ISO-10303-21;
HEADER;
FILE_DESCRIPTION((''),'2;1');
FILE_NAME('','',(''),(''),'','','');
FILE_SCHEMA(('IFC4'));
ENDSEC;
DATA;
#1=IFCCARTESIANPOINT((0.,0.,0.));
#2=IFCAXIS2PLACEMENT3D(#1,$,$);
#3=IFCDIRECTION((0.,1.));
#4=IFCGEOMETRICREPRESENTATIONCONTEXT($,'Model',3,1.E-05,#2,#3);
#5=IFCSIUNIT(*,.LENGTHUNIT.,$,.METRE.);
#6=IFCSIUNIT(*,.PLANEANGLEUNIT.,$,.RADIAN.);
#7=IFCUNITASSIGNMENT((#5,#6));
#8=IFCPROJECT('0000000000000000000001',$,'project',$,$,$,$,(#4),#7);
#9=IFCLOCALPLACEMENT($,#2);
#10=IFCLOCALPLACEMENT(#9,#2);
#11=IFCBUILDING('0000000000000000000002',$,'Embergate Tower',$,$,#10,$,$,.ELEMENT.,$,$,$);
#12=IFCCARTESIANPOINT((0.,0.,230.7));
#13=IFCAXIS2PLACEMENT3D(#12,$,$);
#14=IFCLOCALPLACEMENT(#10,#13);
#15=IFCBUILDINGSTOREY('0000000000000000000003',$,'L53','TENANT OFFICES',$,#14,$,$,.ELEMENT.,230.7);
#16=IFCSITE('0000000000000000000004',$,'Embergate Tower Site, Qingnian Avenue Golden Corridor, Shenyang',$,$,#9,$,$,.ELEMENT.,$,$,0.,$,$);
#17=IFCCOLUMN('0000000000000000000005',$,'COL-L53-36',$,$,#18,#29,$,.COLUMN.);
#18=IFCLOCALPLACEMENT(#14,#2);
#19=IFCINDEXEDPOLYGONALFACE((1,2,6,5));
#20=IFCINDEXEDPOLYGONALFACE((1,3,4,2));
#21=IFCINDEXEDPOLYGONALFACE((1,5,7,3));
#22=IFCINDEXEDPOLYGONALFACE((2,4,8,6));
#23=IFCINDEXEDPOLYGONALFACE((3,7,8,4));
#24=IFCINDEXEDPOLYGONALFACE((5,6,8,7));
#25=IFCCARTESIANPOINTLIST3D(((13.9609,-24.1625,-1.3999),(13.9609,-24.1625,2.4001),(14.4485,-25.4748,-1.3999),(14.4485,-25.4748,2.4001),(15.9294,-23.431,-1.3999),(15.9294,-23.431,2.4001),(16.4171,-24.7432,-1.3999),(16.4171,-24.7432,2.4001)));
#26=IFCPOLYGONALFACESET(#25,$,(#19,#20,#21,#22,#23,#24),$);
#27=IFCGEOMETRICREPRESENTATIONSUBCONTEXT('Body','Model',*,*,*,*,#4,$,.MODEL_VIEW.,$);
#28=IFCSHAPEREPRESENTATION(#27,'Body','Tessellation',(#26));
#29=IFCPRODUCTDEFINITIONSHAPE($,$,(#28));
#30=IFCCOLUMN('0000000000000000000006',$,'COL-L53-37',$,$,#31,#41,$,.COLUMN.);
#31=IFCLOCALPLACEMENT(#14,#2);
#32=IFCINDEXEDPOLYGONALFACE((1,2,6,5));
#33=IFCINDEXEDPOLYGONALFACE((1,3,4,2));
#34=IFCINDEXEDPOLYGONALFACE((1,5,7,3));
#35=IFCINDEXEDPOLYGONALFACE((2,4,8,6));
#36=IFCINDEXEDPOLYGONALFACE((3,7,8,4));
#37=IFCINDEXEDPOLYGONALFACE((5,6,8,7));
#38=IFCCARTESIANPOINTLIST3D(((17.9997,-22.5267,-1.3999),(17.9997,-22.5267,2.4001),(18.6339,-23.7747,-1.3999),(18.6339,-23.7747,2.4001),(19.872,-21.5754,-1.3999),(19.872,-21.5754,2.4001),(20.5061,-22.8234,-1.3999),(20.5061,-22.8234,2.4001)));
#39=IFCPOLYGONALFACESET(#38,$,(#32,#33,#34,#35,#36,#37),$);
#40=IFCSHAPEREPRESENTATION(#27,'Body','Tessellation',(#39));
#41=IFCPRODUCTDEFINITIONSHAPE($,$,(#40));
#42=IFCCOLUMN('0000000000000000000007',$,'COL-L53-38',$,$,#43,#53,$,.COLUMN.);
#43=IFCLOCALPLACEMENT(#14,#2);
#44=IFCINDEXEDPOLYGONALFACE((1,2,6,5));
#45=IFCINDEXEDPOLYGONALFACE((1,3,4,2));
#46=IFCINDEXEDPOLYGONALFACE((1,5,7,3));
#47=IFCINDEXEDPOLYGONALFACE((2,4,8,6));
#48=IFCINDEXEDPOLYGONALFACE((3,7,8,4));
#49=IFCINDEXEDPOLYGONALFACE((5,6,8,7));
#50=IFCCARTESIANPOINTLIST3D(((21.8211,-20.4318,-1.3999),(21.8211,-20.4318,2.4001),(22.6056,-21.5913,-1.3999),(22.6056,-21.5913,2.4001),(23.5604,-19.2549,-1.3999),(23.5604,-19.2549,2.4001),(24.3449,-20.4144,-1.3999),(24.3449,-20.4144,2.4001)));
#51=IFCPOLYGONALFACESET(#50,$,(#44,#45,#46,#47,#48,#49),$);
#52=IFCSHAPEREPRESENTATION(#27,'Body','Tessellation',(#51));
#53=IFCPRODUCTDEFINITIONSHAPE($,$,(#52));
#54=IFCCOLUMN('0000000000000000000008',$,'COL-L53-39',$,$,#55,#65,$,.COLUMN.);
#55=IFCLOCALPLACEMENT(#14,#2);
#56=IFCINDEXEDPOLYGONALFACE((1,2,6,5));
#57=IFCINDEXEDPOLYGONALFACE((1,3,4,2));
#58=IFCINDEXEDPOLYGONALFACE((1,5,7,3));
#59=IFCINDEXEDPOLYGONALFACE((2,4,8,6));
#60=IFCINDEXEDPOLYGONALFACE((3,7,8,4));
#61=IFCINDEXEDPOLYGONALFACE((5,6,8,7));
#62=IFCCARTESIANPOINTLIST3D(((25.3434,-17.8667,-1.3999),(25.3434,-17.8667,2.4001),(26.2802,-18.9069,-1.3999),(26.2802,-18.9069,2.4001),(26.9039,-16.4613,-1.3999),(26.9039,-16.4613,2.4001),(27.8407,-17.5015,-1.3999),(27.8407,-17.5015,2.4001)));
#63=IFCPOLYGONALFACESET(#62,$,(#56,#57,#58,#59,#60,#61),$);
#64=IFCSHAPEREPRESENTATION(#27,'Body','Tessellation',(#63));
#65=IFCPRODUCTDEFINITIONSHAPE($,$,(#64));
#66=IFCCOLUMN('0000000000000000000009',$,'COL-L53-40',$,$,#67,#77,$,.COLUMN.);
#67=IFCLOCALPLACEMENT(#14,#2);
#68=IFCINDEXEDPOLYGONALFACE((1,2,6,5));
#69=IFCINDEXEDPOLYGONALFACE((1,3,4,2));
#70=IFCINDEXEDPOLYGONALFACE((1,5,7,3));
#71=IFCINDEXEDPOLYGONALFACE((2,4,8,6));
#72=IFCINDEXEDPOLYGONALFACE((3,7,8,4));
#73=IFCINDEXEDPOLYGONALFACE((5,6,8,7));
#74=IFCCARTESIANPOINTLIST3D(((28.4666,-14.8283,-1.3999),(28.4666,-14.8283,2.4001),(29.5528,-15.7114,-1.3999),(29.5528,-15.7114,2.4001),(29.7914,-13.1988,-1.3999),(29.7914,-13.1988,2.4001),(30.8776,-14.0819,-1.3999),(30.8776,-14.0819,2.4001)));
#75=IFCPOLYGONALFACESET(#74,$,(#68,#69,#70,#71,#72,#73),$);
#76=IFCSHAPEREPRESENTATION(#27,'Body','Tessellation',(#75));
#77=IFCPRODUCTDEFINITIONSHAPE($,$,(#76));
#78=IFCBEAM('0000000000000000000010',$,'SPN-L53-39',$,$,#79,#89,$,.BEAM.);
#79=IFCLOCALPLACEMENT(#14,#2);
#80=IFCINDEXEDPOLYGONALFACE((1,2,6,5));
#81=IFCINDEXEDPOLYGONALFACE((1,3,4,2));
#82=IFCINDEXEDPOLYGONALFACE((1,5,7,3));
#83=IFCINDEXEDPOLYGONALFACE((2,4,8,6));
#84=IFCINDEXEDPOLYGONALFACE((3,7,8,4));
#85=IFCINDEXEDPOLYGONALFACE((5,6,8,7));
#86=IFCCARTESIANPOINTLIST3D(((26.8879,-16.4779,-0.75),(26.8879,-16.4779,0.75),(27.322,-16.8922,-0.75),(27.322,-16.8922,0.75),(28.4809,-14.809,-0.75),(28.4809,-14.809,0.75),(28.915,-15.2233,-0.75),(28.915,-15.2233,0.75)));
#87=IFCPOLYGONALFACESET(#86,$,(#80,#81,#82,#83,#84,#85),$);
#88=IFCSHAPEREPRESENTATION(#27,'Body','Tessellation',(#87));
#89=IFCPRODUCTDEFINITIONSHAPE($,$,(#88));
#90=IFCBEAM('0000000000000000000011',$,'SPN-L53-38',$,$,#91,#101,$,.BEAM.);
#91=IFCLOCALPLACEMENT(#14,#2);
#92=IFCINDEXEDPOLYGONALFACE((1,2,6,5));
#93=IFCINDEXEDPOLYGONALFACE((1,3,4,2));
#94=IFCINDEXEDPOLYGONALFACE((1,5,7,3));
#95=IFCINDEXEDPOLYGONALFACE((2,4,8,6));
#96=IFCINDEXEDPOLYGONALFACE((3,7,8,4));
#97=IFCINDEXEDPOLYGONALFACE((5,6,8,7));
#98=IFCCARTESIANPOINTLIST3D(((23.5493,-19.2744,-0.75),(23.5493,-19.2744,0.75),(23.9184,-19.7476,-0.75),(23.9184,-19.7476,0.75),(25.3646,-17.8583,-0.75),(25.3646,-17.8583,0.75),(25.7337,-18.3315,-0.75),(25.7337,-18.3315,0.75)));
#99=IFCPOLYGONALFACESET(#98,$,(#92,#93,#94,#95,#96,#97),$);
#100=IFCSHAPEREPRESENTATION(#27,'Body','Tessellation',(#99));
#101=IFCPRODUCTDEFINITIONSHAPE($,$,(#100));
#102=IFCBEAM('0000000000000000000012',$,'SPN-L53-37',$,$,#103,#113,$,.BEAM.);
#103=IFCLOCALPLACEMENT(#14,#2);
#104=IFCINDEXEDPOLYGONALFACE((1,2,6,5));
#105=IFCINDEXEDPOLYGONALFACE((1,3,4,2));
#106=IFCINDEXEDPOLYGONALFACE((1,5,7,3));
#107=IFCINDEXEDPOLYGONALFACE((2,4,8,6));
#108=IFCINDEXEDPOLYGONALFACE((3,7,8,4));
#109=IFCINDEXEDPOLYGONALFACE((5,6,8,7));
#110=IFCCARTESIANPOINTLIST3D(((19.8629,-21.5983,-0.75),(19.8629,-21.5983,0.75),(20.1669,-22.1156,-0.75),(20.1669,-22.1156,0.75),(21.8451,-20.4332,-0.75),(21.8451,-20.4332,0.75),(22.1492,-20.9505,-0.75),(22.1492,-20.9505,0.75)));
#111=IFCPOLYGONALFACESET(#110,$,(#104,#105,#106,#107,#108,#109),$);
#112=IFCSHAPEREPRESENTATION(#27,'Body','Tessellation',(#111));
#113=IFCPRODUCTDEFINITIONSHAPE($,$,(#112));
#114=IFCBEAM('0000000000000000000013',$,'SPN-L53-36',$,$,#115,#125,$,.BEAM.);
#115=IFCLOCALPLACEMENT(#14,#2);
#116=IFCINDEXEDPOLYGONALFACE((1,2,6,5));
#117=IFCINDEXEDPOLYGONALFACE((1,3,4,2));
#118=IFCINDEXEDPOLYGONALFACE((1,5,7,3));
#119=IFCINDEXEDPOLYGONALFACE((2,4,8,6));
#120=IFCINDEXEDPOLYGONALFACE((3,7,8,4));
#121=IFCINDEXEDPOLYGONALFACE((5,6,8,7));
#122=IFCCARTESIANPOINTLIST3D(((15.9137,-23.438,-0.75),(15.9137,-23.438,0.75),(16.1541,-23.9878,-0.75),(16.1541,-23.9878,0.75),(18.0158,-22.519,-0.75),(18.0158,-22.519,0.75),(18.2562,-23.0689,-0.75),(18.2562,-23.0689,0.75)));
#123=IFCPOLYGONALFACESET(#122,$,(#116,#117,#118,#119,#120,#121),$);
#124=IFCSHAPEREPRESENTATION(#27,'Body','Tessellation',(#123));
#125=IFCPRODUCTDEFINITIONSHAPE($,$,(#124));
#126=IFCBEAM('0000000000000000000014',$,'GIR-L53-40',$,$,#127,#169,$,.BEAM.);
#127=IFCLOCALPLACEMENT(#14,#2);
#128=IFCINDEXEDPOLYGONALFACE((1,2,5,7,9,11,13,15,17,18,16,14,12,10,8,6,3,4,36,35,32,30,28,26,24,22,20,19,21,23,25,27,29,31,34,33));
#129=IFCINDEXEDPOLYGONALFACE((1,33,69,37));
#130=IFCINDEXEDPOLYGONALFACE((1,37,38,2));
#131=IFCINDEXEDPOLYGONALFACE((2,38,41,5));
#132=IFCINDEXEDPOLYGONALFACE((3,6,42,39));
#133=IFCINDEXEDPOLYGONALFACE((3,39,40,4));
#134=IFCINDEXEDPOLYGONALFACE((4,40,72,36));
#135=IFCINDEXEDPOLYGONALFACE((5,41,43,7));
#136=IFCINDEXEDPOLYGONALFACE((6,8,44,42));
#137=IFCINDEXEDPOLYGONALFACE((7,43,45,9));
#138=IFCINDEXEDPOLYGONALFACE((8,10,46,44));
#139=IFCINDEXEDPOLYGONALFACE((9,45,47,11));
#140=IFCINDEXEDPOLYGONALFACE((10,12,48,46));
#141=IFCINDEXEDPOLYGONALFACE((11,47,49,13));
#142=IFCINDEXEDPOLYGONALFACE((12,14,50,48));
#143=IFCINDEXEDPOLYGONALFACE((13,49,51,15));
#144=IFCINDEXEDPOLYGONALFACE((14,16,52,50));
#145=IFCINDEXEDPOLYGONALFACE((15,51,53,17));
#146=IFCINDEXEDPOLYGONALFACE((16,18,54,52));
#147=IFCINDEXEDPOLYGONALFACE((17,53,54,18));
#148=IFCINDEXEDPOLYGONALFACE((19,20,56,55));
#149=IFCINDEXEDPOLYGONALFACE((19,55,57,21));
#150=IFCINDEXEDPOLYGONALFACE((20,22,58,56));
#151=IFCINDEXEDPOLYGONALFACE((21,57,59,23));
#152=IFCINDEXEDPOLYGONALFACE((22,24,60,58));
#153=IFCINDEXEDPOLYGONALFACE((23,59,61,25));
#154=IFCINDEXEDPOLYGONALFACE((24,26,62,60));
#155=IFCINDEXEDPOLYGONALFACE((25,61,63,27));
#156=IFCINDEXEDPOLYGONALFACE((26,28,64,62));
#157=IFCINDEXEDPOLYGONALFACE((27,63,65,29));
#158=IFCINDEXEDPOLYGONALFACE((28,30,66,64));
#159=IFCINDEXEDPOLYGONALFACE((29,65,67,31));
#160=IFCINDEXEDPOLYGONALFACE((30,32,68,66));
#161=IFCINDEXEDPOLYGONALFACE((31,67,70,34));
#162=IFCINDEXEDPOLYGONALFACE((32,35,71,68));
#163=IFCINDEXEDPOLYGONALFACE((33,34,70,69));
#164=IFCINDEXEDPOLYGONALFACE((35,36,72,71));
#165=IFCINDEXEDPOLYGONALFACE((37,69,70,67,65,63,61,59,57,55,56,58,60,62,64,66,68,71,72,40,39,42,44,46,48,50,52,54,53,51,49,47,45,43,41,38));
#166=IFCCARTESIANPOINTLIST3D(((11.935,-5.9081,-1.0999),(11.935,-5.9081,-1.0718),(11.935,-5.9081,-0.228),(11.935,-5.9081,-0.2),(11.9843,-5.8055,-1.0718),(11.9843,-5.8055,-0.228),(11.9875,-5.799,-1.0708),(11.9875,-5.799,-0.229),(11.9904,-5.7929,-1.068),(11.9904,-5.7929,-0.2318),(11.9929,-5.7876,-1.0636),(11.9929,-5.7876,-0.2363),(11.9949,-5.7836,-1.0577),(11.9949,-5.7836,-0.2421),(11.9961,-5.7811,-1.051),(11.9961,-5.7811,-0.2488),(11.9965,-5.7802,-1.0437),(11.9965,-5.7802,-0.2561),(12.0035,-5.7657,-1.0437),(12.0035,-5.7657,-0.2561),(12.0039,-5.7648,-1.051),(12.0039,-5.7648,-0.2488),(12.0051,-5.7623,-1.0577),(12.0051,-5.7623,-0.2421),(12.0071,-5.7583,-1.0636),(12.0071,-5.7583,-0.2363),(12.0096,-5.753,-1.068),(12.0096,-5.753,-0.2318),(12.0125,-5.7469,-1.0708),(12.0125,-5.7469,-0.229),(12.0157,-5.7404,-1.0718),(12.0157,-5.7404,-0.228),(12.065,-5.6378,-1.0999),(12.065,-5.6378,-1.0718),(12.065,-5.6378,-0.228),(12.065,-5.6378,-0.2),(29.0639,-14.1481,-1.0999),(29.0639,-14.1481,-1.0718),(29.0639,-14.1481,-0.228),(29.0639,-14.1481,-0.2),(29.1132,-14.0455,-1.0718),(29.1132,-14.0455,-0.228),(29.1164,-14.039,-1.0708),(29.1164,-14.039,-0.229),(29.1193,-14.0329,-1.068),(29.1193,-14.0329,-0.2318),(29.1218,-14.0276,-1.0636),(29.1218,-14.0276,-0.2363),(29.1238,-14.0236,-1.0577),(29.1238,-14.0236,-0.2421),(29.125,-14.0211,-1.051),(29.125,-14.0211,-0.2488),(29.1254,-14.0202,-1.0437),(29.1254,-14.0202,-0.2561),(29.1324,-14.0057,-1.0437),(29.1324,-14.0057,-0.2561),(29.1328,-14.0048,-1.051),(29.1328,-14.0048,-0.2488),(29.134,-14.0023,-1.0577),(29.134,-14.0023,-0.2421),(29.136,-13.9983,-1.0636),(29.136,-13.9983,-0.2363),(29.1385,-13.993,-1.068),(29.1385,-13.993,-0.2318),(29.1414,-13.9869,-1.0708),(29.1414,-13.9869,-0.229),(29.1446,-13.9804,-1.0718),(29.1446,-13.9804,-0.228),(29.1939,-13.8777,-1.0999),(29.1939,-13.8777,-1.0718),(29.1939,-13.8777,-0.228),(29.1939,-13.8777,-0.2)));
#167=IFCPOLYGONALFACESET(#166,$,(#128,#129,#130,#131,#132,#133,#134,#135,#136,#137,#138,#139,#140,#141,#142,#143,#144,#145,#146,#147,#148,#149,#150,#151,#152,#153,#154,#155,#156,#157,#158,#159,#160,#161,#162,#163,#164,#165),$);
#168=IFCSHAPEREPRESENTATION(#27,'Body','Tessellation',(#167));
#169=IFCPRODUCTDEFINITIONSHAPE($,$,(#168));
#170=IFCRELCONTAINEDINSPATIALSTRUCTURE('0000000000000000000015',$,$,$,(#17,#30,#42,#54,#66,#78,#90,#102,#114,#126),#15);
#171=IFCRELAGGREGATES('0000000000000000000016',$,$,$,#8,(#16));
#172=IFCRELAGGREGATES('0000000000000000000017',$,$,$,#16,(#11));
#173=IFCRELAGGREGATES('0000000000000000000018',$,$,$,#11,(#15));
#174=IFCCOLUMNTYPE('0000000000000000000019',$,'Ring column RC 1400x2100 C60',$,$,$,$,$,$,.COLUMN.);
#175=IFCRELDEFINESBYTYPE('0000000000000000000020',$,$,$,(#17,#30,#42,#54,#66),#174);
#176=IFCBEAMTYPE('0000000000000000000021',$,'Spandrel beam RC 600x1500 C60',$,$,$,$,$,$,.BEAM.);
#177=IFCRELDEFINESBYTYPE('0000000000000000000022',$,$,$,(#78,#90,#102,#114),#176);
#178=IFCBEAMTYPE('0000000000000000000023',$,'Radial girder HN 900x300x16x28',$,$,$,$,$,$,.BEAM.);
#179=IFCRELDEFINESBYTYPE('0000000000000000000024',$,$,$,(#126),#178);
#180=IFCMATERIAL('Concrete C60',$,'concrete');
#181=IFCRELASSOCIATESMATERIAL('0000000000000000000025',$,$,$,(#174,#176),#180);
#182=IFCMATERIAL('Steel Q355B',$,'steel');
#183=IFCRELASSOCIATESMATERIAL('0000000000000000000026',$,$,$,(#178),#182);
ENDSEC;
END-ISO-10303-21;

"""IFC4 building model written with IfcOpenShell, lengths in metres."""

from ifc_helpers import new_model, si_unit, direction, frame, origin, origin_2d, place, context, subcontext, project, spatial, rectangle, i_section, extrude, source, transform, mapped, material, material_profile, profile_set, type_object, element, save


model = new_model("IFC4")

# Units and contexts
model_context = context("Model", 3, precision=1e-05, world=origin(), true_north=direction((0.0, 1.0)))
body_context = subcontext(model_context, "Body", "Model", "MODEL_VIEW")
ifc_project = project(units=[si_unit("LENGTHUNIT", "METRE"), si_unit("PLANEANGLEUNIT", "RADIAN")], contexts=[model_context])

# Site, building, storey
site_placement = place(None, origin())
site = spatial("IfcSite", under=ifc_project, at=site_placement, Name="Embergate Tower Site, Qingnian Avenue Golden Corridor, Shenyang", CompositionType="ELEMENT", RefElevation=0.0)
building_placement = place(site_placement, origin())
building = spatial("IfcBuilding", under=site, at=building_placement, Name="Embergate Tower", CompositionType="ELEMENT")
storey_placement = place(building_placement, frame((0.0, 0.0, 230.7)))
storey = spatial("IfcBuildingStorey", under=building, at=storey_placement, Name="L53", Description="TENANT OFFICES", CompositionType="ELEMENT", Elevation=230.7)

# Columns
ifc_material_1 = material(Name="Concrete C60", Category="concrete")
ifc_material_profile_1 = material_profile(ifc_material_1, rectangle(XDim=1.3999, YDim=2.1001, at=origin_2d()), Name="RC 1400x2100")
ifc_profile_set_1 = profile_set([ifc_material_profile_1], Name="Concrete C60")
column_type = type_object("IfcColumnType", Name="Ring column RC 1400x2100 C60", PredefinedType="COLUMN", material=ifc_profile_set_1)
shared_shape_1 = source(origin(), body_context, "Body", "SweptSolid", [
    extrude(rectangle(XDim=1.3999, YDim=2.1001, at=origin_2d()), origin(), (0.0, 0.0, 1.0), 3.8),
])
for number, where, z_axis, x_axis, name in (
    (1, (15.189, -24.4529, -1.3999), (0.0, 0.0, 1.0), (0.348343, -0.937367, 0.0), "COL-L53-36"),
    (2, (19.2529, -22.675, -1.3999), (0.0, 0.0, 1.0), (0.453011, -0.891505, 0.0), "COL-L53-37"),
    (3, (23.083, -20.4231, -1.3999), (0.0, 0.0, 1.0), (0.560393, -0.828227, 0.0), "COL-L53-38"),
    (4, (26.592, -17.6841, -1.3999), (0.0, 0.0, 1.0), (0.669221, -0.743063, 0.0), "COL-L53-39"),
    (5, (29.6721, -14.4551, -1.3999), (0.0, 0.0, 1.0), (0.775925, -0.630825, 0.0), "COL-L53-40"),
):
    element("IfcColumn", number, at=place(storey_placement, frame(where, z_axis=z_axis, x_axis=x_axis)), inside=storey, type_object=column_type, Name=name, PredefinedType="COLUMN", context=body_context, shape_type="MappedRepresentation", body=[
        mapped(shared_shape_1, transform((0.0, 0.0, 0.0))),
    ])

# Beams
ifc_material_profile_2 = material_profile(ifc_material_1, rectangle(XDim=0.6001, YDim=1.5, at=origin_2d()), Name="RC 600x1500")
ifc_profile_set_2 = profile_set([ifc_material_profile_2], Name="Concrete C60")
beam_type_1 = type_object("IfcBeamType", Name="Spandrel beam RC 600x1500 C60", PredefinedType="BEAM", material=ifc_profile_set_2)
shared_shape_2 = source(origin(), body_context, "Body", "SweptSolid", [
    extrude(rectangle(XDim=0.6001, YDim=1.5, at=origin_2d()), origin(), (0.0, 0.0, 1.0), 2.3071),
])
beam_1_placement = place(storey_placement, frame((27.105, -16.6851, 0.0), z_axis=(0.690461, 0.72337, 0.0), x_axis=(-0.72337, 0.690461, 0.0)))
element("IfcBeam", 6, at=beam_1_placement, inside=storey, type_object=beam_type_1, Name="SPN-L53-39", PredefinedType="BEAM", context=body_context, shape_type="MappedRepresentation", body=[
    mapped(shared_shape_2, transform((0.0, 0.0, 0.0))),
])
shared_shape_3 = source(origin(), body_context, "Body", "SweptSolid", [
    extrude(rectangle(XDim=0.6001, YDim=1.5, at=origin_2d()), origin(), (0.0, 0.0, 1.0), 2.3022),
])
beam_2_placement = place(storey_placement, frame((23.7339, -19.511, 0.0), z_axis=(0.788466, 0.615078, 0.0), x_axis=(-0.615078, 0.788466, 0.0)))
element("IfcBeam", 7, at=beam_2_placement, inside=storey, type_object=beam_type_1, Name="SPN-L53-38", PredefinedType="BEAM", context=body_context, shape_type="MappedRepresentation", body=[
    mapped(shared_shape_3, transform((0.0, 0.0, 0.0))),
])
shared_shape_4 = source(origin(), body_context, "Body", "SweptSolid", [
    extrude(rectangle(XDim=0.6001, YDim=1.5, at=origin_2d()), origin(), (0.0, 0.0, 1.0), 2.2993),
])
beam_3_placement = place(storey_placement, frame((20.0149, -21.8569, 0.0), z_axis=(0.862114, 0.506714, 0.0), x_axis=(-0.506714, 0.862114, 0.0)))
element("IfcBeam", 8, at=beam_3_placement, inside=storey, type_object=beam_type_1, Name="SPN-L53-37", PredefinedType="BEAM", context=body_context, shape_type="MappedRepresentation", body=[
    mapped(shared_shape_4, transform((0.0, 0.0, 0.0))),
])
shared_shape_5 = source(origin(), body_context, "Body", "SweptSolid", [
    extrude(rectangle(XDim=0.6001, YDim=1.5, at=origin_2d()), origin(), (0.0, 0.0, 1.0), 2.2942),
])
beam_4_placement = place(storey_placement, frame((16.0339, -23.7129, 0.0), z_axis=(0.91627, 0.400562, 0.0), x_axis=(-0.400562, 0.91627, 0.0)))
element("IfcBeam", 9, at=beam_4_placement, inside=storey, type_object=beam_type_1, Name="SPN-L53-36", PredefinedType="BEAM", context=body_context, shape_type="MappedRepresentation", body=[
    mapped(shared_shape_5, transform((0.0, 0.0, 0.0))),
])
ifc_material_2 = material(Name="Steel Q355B", Category="steel")
ifc_material_profile_3 = material_profile(ifc_material_2, i_section(OverallWidth=0.3, OverallDepth=0.8999, WebThickness=0.0161, FlangeThickness=0.0281, FilletRadius=0.0281, at=origin_2d()), Name="HN 900x300x16x28")
ifc_profile_set_3 = profile_set([ifc_material_profile_3], Name="Steel Q355 grade B")
beam_type_2 = type_object("IfcBeamType", Name="Radial girder HN 900x300x16x28", PredefinedType="BEAM", material=ifc_profile_set_3)
shared_shape_6 = source(origin(), body_context, "Body", "SweptSolid", [
    extrude(i_section(OverallWidth=0.3, OverallDepth=0.8999, WebThickness=0.0161, FlangeThickness=0.0281, FilletRadius=0.0281, at=origin_2d()), origin(), (0.0, 0.0, 1.0), 19.0078),
])
beam_5_placement = place(storey_placement, frame((29.1289, -14.0129, -0.6499), z_axis=(-0.901151, 0.433505, 0.0), x_axis=(-0.433505, -0.901151, 0.0)))
element("IfcBeam", 10, at=beam_5_placement, inside=storey, type_object=beam_type_2, Name="GIR-L53-40", PredefinedType="BEAM", context=body_context, shape_type="MappedRepresentation", body=[
    mapped(shared_shape_6, transform((0.0, 0.0, 0.0))),
])

save(model, "model.ifc")
